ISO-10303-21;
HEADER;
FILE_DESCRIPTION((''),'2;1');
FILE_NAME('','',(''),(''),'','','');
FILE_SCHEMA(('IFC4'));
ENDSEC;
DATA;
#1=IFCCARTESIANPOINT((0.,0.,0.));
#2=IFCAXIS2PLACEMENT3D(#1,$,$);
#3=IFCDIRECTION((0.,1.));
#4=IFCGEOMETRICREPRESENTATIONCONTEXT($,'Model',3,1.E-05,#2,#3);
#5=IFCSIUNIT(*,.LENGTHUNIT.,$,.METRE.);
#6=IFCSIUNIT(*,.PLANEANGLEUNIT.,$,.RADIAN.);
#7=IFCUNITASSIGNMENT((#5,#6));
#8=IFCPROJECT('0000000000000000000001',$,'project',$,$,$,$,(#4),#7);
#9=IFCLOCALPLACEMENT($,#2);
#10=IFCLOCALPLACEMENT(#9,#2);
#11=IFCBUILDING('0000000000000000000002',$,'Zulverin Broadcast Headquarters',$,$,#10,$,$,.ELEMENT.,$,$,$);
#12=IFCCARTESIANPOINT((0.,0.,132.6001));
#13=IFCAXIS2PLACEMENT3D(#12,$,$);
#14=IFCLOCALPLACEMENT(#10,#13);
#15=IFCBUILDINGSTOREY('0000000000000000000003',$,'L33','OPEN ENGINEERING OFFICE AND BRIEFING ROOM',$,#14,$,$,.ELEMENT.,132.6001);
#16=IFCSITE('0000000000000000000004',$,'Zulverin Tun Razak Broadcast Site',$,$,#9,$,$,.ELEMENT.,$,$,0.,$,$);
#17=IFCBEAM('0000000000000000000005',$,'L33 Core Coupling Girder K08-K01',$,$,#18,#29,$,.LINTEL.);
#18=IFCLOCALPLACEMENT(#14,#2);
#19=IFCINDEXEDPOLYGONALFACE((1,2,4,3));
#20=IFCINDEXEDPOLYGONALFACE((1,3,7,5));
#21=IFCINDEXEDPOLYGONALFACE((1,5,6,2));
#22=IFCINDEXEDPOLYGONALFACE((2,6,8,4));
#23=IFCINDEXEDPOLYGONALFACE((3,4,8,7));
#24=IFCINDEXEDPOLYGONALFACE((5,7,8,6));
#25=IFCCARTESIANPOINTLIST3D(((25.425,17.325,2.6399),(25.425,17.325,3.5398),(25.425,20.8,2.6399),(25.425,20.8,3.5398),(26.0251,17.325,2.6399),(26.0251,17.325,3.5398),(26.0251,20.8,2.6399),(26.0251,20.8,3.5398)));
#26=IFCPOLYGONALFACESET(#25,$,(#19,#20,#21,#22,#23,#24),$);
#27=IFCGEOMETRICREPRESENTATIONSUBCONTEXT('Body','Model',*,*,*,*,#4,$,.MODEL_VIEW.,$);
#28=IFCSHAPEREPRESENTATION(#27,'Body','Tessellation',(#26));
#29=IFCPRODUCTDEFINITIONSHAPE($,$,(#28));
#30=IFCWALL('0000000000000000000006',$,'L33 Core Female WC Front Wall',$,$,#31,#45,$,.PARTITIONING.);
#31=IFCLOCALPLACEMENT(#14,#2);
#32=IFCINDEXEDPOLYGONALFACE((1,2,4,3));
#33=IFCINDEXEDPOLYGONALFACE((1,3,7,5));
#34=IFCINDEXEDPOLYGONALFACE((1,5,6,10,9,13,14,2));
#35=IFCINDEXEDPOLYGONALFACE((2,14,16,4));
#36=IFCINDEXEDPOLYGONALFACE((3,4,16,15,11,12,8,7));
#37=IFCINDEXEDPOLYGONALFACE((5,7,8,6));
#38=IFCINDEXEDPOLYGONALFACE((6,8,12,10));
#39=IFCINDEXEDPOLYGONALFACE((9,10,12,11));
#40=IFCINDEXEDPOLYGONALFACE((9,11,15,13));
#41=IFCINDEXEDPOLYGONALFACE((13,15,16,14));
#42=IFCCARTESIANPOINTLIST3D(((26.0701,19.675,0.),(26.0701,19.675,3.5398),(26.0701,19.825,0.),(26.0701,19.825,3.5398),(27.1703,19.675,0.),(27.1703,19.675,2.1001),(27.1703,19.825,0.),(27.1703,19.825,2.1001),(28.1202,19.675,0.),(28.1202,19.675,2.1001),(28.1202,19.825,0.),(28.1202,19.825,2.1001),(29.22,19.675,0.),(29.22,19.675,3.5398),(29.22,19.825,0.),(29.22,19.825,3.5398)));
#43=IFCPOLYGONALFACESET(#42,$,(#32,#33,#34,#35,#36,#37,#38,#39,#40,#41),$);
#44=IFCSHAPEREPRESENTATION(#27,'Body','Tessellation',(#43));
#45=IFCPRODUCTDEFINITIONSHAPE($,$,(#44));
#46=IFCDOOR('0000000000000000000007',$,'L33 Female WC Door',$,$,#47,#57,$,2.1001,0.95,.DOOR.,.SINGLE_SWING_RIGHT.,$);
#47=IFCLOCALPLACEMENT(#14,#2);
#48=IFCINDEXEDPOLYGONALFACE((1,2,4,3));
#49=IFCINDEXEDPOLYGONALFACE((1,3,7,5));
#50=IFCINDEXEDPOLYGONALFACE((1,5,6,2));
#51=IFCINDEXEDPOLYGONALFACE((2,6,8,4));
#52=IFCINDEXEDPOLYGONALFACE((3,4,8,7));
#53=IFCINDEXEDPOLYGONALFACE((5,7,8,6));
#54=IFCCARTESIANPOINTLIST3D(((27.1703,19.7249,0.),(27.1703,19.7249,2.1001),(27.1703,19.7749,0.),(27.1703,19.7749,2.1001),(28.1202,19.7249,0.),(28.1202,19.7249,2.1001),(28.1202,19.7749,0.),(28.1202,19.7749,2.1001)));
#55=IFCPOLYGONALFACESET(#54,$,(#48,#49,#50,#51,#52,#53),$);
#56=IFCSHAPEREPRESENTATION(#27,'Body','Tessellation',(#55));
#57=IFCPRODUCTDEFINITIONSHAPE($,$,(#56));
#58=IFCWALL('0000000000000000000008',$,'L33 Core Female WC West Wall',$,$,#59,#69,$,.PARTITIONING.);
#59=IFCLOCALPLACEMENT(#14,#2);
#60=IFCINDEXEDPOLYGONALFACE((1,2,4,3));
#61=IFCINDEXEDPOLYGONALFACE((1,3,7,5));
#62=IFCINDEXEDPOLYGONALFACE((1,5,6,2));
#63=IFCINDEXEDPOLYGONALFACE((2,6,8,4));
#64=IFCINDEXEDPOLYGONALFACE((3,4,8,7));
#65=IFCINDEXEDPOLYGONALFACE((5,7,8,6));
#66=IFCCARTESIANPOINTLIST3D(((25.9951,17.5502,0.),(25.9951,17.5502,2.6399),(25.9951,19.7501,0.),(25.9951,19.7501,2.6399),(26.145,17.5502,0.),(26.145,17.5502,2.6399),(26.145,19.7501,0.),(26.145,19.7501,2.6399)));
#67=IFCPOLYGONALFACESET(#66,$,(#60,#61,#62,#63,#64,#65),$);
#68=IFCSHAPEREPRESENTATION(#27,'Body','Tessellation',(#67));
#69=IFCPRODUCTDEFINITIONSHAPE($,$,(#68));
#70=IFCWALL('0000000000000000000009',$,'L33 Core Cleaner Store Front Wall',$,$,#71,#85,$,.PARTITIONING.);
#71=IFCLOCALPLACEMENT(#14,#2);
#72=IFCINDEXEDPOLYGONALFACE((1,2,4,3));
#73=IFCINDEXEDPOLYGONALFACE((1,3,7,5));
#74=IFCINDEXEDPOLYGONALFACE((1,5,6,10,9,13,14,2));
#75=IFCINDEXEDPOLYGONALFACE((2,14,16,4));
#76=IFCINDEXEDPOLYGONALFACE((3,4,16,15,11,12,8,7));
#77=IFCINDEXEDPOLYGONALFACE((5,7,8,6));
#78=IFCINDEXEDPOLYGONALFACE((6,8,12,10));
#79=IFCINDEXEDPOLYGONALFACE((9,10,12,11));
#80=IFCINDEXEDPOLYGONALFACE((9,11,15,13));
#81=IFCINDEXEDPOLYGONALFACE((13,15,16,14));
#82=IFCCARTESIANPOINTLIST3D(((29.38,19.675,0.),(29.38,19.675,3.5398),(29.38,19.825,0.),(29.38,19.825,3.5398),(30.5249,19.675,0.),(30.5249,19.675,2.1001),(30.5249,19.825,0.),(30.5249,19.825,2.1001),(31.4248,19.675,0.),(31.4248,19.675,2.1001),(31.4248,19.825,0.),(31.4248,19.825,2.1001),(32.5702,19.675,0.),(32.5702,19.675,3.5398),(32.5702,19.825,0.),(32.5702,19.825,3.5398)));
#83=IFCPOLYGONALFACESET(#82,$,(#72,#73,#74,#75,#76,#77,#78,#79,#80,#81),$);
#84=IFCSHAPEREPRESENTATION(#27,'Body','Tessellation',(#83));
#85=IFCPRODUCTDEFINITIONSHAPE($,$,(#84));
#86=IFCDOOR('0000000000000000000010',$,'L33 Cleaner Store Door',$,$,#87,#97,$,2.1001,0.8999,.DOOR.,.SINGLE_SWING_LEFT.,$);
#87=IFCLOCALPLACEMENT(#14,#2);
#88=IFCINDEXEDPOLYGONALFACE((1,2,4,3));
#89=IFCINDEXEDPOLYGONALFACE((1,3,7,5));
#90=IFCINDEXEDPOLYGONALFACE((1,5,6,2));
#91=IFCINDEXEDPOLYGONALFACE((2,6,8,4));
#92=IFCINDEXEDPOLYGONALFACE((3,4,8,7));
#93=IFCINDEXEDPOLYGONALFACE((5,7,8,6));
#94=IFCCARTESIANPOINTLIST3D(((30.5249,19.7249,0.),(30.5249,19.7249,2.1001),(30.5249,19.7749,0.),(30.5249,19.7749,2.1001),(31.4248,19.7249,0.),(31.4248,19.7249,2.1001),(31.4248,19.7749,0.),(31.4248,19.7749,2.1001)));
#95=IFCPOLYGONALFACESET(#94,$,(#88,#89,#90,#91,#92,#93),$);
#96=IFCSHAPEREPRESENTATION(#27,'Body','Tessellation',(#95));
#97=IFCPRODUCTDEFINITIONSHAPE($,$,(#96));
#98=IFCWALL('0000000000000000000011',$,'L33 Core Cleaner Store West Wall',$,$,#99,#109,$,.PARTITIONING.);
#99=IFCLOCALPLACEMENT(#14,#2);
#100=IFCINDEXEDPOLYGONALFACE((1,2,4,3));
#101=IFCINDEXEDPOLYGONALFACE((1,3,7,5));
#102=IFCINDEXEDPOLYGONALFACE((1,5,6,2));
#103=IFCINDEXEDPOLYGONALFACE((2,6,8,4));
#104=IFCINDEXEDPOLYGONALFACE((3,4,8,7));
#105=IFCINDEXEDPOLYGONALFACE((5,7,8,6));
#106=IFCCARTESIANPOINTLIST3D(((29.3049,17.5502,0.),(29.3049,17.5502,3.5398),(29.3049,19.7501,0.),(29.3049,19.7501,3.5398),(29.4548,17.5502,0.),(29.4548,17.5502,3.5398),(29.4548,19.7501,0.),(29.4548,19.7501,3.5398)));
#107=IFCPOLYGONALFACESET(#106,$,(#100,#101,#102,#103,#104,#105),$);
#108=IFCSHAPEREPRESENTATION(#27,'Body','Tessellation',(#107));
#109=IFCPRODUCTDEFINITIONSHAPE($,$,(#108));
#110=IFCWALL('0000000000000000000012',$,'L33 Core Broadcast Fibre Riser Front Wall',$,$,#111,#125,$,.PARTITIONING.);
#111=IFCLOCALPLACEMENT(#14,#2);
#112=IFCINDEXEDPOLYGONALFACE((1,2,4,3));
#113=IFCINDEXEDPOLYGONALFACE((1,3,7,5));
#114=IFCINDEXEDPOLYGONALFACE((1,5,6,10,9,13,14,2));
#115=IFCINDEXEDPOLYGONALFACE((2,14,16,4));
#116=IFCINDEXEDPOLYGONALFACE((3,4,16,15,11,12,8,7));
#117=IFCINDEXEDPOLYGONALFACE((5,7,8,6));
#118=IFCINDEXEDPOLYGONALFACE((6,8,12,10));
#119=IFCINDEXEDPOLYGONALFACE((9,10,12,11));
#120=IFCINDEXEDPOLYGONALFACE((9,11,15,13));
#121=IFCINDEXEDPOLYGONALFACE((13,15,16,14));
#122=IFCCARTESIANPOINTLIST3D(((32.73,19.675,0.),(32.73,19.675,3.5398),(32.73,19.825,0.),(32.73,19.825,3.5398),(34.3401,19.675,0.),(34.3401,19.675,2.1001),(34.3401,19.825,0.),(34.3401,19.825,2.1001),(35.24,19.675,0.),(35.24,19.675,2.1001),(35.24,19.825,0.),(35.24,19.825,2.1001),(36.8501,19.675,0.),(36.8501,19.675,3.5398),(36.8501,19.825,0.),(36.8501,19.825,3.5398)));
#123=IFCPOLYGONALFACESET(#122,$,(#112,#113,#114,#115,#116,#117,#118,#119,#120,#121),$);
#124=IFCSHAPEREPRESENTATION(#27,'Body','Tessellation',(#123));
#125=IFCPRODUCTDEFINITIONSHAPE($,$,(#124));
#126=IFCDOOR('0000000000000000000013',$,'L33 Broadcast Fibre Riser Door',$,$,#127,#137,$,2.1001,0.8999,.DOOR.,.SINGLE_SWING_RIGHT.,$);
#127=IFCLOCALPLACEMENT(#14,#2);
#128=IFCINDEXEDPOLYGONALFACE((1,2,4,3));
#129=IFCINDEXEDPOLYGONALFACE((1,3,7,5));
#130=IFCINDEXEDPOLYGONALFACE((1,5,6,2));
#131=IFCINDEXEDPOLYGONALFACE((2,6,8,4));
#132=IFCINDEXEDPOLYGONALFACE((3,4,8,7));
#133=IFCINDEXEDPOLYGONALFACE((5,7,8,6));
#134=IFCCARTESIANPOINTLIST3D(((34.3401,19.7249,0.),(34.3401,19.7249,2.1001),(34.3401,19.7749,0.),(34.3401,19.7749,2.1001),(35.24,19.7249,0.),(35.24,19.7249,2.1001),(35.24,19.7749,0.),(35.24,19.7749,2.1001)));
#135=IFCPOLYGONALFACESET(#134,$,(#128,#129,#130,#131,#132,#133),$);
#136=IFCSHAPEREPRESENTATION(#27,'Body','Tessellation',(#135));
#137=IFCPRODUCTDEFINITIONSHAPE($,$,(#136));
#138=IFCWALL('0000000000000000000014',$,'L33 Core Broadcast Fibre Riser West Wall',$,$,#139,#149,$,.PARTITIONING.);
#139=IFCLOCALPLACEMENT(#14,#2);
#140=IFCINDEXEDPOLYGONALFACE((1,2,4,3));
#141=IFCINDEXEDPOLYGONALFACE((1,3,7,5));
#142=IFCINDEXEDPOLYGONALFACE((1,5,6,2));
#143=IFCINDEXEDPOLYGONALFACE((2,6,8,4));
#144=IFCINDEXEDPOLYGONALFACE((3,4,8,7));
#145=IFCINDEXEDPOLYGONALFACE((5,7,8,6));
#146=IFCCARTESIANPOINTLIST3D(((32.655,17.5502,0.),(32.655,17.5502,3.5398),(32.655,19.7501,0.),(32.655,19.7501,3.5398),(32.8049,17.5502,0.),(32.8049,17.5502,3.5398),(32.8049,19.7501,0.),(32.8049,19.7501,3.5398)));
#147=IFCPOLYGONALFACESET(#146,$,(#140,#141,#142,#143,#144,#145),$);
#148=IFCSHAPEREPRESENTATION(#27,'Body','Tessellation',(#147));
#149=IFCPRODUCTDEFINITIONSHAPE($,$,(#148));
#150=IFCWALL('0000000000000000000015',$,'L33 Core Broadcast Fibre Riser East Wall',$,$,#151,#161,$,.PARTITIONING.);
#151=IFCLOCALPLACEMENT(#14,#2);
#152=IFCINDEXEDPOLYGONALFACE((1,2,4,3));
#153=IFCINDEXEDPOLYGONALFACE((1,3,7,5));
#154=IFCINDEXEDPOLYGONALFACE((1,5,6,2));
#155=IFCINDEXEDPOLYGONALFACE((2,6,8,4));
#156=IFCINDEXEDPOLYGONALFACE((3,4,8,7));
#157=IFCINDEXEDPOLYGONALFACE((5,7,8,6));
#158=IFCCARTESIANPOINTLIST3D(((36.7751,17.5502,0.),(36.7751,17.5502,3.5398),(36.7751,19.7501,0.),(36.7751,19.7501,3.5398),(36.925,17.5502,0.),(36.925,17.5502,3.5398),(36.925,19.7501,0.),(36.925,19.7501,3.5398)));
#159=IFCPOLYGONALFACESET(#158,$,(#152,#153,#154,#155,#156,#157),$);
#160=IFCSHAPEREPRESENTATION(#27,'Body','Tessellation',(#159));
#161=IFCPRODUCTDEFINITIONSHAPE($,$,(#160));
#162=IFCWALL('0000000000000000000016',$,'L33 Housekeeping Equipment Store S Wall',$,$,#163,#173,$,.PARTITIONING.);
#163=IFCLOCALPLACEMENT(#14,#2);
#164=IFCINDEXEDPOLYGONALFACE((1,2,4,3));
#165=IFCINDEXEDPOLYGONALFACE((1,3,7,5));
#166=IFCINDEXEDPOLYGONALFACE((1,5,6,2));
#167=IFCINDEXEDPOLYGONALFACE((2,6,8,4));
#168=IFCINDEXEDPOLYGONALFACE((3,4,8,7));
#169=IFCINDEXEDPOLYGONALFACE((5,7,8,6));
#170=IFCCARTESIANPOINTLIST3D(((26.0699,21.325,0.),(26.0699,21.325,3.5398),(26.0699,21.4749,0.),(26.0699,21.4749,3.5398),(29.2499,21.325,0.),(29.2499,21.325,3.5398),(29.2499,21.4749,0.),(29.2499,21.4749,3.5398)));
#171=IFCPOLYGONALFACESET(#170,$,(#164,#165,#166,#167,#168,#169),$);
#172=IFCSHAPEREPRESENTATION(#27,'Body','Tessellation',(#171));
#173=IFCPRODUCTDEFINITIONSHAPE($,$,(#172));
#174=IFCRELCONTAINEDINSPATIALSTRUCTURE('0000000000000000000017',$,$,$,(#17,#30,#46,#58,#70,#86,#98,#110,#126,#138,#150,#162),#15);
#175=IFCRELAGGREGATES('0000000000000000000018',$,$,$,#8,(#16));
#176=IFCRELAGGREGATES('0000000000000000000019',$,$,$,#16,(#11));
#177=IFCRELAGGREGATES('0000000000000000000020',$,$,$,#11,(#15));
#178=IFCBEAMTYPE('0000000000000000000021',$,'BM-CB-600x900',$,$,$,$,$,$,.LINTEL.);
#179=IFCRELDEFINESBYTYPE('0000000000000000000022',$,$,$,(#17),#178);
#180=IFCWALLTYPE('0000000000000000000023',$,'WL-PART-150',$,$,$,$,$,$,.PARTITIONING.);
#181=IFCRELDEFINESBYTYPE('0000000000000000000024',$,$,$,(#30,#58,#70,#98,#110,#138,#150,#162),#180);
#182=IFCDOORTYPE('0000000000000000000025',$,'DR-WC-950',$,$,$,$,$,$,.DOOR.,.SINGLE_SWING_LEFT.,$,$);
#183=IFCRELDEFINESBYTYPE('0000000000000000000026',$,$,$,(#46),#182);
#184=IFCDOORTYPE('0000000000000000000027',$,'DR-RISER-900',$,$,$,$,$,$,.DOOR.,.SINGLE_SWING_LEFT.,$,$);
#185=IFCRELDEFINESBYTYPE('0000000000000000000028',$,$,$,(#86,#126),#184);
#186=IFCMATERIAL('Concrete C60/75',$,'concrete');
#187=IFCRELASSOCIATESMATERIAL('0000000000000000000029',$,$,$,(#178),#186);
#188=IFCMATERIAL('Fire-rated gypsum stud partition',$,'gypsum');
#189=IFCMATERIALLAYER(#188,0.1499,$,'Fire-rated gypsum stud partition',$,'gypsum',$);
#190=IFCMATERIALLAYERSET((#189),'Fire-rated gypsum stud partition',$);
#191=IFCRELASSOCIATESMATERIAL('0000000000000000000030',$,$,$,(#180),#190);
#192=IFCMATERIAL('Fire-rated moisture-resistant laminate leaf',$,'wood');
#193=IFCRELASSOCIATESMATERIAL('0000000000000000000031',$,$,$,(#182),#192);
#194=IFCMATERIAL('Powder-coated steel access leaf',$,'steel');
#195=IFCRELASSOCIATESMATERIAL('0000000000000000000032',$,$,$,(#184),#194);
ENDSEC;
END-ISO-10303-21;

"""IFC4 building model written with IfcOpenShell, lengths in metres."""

from ifc_helpers import new_model, si_unit, direction, frame, frame_2d, origin, origin_2d, place, context, subcontext, project, spatial, rectangle, extrude, material, layer, layer_set, material_profile, profile_set, type_object, element, fill, save


model = new_model("IFC4")

# Units and contexts
model_context = context("Model", 3, precision=1e-05, world=origin(), true_north=direction((0.0, 1.0)))
body_context = subcontext(model_context, "Body", "Model", "MODEL_VIEW")
ifc_project = project(units=[si_unit("LENGTHUNIT", "METRE"), si_unit("PLANEANGLEUNIT", "RADIAN")], contexts=[model_context])

# Site, building, storey
site_placement = place(None, origin())
site = spatial("IfcSite", under=ifc_project, at=site_placement, Name="Zulverin Tun Razak Broadcast Site", CompositionType="ELEMENT", RefElevation=0.0)
building_placement = place(site_placement, origin())
building = spatial("IfcBuilding", under=site, at=building_placement, Name="Zulverin Broadcast Headquarters", CompositionType="ELEMENT")
storey_placement = place(building_placement, frame((0.0, 0.0, 132.6001)))
storey = spatial("IfcBuildingStorey", under=building, at=storey_placement, Name="L33", Description="OPEN ENGINEERING OFFICE AND BRIEFING ROOM", CompositionType="ELEMENT", Elevation=132.6001)

# Beam
ifc_material_1 = material(Name="Concrete C60/75", Category="concrete")
ifc_material_profile = material_profile(ifc_material_1, rectangle(XDim=0.6001, YDim=0.8999, at=origin_2d()), Name="Concrete C60/75", Category="concrete")
ifc_profile_set = profile_set([ifc_material_profile], Name="Concrete C60/75")
beam_type = type_object("IfcBeamType", Name="BM-CB-600x900", PredefinedType="LINTEL", material=ifc_profile_set)
beam_placement = place(storey_placement, frame((25.7251, 20.8, 3.0898), z_axis=(0.0, -1.0, 0.0), x_axis=(1.0, 0.0, 0.0)))
element("IfcBeam", 1, at=beam_placement, inside=storey, type_object=beam_type, Name="L33 Core Coupling Girder K08-K01", PredefinedType="LINTEL", context=body_context, shape_type="SweptSolid", body=[
    extrude(rectangle(XDim=0.6001, YDim=0.8999, at=origin_2d()), origin(), (0.0, 0.0, 1.0), 3.4751),
])

# Wall, opening, door
ifc_material_2 = material(Name="Fire-rated gypsum stud partition", Category="gypsum")
ifc_layer_1 = layer(ifc_material_2, 0.1499, Name="Fire-rated gypsum stud partition", Category="gypsum")
ifc_layer_set_1 = layer_set([ifc_layer_1], Name="Fire-rated gypsum stud partition")
wall_type_1 = type_object("IfcWallType", Name="WL-PART-150", PredefinedType="PARTITIONING", material=ifc_layer_set_1)
wall_1_placement = place(storey_placement, frame((26.0701, 19.75, 0.0), z_axis=(0.0, 0.0, 1.0), x_axis=(1.0, 0.0, 0.0)))
wall_1 = element("IfcWall", 2, at=wall_1_placement, inside=storey, type_object=wall_type_1, Name="L33 Core Female WC Front Wall", PredefinedType="PARTITIONING", context=body_context, shape_type="SweptSolid", body=[
    extrude(rectangle(XDim=3.1499, YDim=0.1499, at=frame_2d((1.575, 0.0))), origin(), (0.0, 0.0, 1.0), 3.5398),
])
opening_1_placement = place(wall_1_placement, frame((1.1001, 0.0, 0.0)))
opening_1 = element("IfcOpeningElement", 3, at=opening_1_placement, cuts=wall_1, PredefinedType="OPENING", context=body_context, shape_type="SweptSolid", body=[
    extrude(rectangle(XDim=0.95, YDim=2.1001, at=frame_2d((0.4751, 1.05))), frame((0.0, 0.085, 0.0), z_axis=(0.0, -1.0, 0.0), x_axis=(1.0, 0.0, 0.0)), (0.0, 0.0, 1.0), 0.1699),
])
ifc_material_3 = material(Name="Fire-rated moisture-resistant laminate leaf", Category="wood")
door_type_1 = type_object("IfcDoorType", Name="DR-WC-950", OperationType="SINGLE_SWING_LEFT", PredefinedType="DOOR", material=ifc_material_3)
door_1_placement = place(opening_1_placement, origin())
door_1 = element("IfcDoor", 4, at=door_1_placement, inside=storey, type_object=door_type_1, Name="L33 Female WC Door", OperationType="SINGLE_SWING_RIGHT", OverallHeight=2.1001, OverallWidth=0.95, PredefinedType="DOOR", context=body_context, shape_type="SweptSolid", body=[
    extrude(rectangle(XDim=0.95, YDim=2.1001, at=frame_2d((0.4751, 1.05))), frame((0.0, 0.0249, 0.0), z_axis=(0.0, -1.0, 0.0), x_axis=(1.0, 0.0, 0.0)), (0.0, 0.0, 1.0), 0.05),
])
fill(opening_1, door_1)

# Wall
wall_2_placement = place(storey_placement, frame((26.0701, 17.55, 0.0), z_axis=(0.0, 0.0, 1.0), x_axis=(0.0, 1.0, 0.0)))
element("IfcWall", 5, at=wall_2_placement, inside=storey, type_object=wall_type_1, Name="L33 Core Female WC West Wall", PredefinedType="PARTITIONING", context=body_context, shape_type="SweptSolid", body=[
    extrude(rectangle(XDim=2.2, YDim=0.1499, at=frame_2d((1.1001, 0.0))), origin(), (0.0, 0.0, 1.0), 2.6399),
])

# Wall, opening, door
wall_3_placement = place(storey_placement, frame((29.3799, 19.75, 0.0), z_axis=(0.0, 0.0, 1.0), x_axis=(1.0, 0.0, 0.0)))
wall_3 = element("IfcWall", 6, at=wall_3_placement, inside=storey, type_object=wall_type_1, Name="L33 Core Cleaner Store Front Wall", PredefinedType="PARTITIONING", context=body_context, shape_type="SweptSolid", body=[
    extrude(rectangle(XDim=3.1902, YDim=0.1499, at=frame_2d((1.5952, 0.0))), origin(), (0.0, 0.0, 1.0), 3.5398),
])
opening_2_placement = place(wall_3_placement, frame((1.145, 0.0, 0.0)))
opening_2 = element("IfcOpeningElement", 7, at=opening_2_placement, cuts=wall_3, PredefinedType="OPENING", context=body_context, shape_type="SweptSolid", body=[
    extrude(rectangle(XDim=0.8999, YDim=2.1001, at=frame_2d((0.45, 1.05))), frame((0.0, 0.085, 0.0), z_axis=(0.0, -1.0, 0.0), x_axis=(1.0, 0.0, 0.0)), (0.0, 0.0, 1.0), 0.1699),
])
ifc_material_4 = material(Name="Powder-coated steel access leaf", Category="steel")
door_type_2 = type_object("IfcDoorType", Name="DR-RISER-900", OperationType="SINGLE_SWING_LEFT", PredefinedType="DOOR", material=ifc_material_4)
door_2_placement = place(opening_2_placement, origin())
door_2 = element("IfcDoor", 8, at=door_2_placement, inside=storey, type_object=door_type_2, Name="L33 Cleaner Store Door", OperationType="SINGLE_SWING_LEFT", OverallHeight=2.1001, OverallWidth=0.8999, PredefinedType="DOOR", context=body_context, shape_type="SweptSolid", body=[
    extrude(rectangle(XDim=0.8999, YDim=2.1001, at=frame_2d((0.45, 1.05))), frame((0.0, 0.0249, 0.0), z_axis=(0.0, -1.0, 0.0), x_axis=(1.0, 0.0, 0.0)), (0.0, 0.0, 1.0), 0.05),
])
fill(opening_2, door_2)

# Wall
wall_4_placement = place(storey_placement, frame((29.3799, 17.55, 0.0), z_axis=(0.0, 0.0, 1.0), x_axis=(0.0, 1.0, 0.0)))
element("IfcWall", 9, at=wall_4_placement, inside=storey, type_object=wall_type_1, Name="L33 Core Cleaner Store West Wall", PredefinedType="PARTITIONING", context=body_context, shape_type="SweptSolid", body=[
    extrude(rectangle(XDim=2.2, YDim=0.1499, at=frame_2d((1.1001, 0.0))), origin(), (0.0, 0.0, 1.0), 3.5398),
])

# Wall, opening, door
wall_5_placement = place(storey_placement, frame((32.73, 19.75, 0.0), z_axis=(0.0, 0.0, 1.0), x_axis=(1.0, 0.0, 0.0)))
wall_5 = element("IfcWall", 10, at=wall_5_placement, inside=storey, type_object=wall_type_1, Name="L33 Core Broadcast Fibre Riser Front Wall", PredefinedType="PARTITIONING", context=body_context, shape_type="SweptSolid", body=[
    extrude(rectangle(XDim=4.1201, YDim=0.1499, at=frame_2d((2.0601, 0.0))), origin(), (0.0, 0.0, 1.0), 3.5398),
])
opening_3_placement = place(wall_5_placement, frame((1.6101, 0.0, 0.0)))
opening_3 = element("IfcOpeningElement", 11, at=opening_3_placement, cuts=wall_5, PredefinedType="OPENING", context=body_context, shape_type="SweptSolid", body=[
    extrude(rectangle(XDim=0.8999, YDim=2.1001, at=frame_2d((0.45, 1.05))), frame((0.0, 0.085, 0.0), z_axis=(0.0, -1.0, 0.0), x_axis=(1.0, 0.0, 0.0)), (0.0, 0.0, 1.0), 0.1699),
])
door_3_placement = place(opening_3_placement, origin())
door_3 = element("IfcDoor", 12, at=door_3_placement, inside=storey, type_object=door_type_2, Name="L33 Broadcast Fibre Riser Door", OperationType="SINGLE_SWING_RIGHT", OverallHeight=2.1001, OverallWidth=0.8999, PredefinedType="DOOR", context=body_context, shape_type="SweptSolid", body=[
    extrude(rectangle(XDim=0.8999, YDim=2.1001, at=frame_2d((0.45, 1.05))), frame((0.0, 0.0249, 0.0), z_axis=(0.0, -1.0, 0.0), x_axis=(1.0, 0.0, 0.0)), (0.0, 0.0, 1.0), 0.05),
])
fill(opening_3, door_3)

# Walls
for number, where, z_axis, x_axis, name in (
    (13, (32.73, 17.55, 0.0), (0.0, 0.0, 1.0), (0.0, 1.0, 0.0), "L33 Core Broadcast Fibre Riser West Wall"),
    (14, (36.8501, 17.55, 0.0), (0.0, 0.0, 1.0), (0.0, 1.0, 0.0), "L33 Core Broadcast Fibre Riser East Wall"),
):
    element("IfcWall", number, at=place(storey_placement, frame(where, z_axis=z_axis, x_axis=x_axis)), inside=storey, type_object=wall_type_1, Name=name, PredefinedType="PARTITIONING", context=body_context, shape_type="SweptSolid", body=[
        extrude(rectangle(XDim=2.2, YDim=0.1499, at=frame_2d((1.1001, 0.0))), origin(), (0.0, 0.0, 1.0), 3.5398),
    ])
wall_6_placement = place(storey_placement, frame((26.0701, 21.3999, 0.0), z_axis=(0.0, 0.0, 1.0), x_axis=(1.0, 0.0, 0.0)))
element("IfcWall", 15, at=wall_6_placement, inside=storey, type_object=wall_type_1, Name="L33 Housekeeping Equipment Store S Wall", PredefinedType="PARTITIONING", context=body_context, shape_type="SweptSolid", body=[
    extrude(rectangle(XDim=3.1799, YDim=0.1499, at=frame_2d((1.5898, 0.0))), origin(), (0.0, 0.0, 1.0), 3.5398),
])

save(model, "model.ifc")
